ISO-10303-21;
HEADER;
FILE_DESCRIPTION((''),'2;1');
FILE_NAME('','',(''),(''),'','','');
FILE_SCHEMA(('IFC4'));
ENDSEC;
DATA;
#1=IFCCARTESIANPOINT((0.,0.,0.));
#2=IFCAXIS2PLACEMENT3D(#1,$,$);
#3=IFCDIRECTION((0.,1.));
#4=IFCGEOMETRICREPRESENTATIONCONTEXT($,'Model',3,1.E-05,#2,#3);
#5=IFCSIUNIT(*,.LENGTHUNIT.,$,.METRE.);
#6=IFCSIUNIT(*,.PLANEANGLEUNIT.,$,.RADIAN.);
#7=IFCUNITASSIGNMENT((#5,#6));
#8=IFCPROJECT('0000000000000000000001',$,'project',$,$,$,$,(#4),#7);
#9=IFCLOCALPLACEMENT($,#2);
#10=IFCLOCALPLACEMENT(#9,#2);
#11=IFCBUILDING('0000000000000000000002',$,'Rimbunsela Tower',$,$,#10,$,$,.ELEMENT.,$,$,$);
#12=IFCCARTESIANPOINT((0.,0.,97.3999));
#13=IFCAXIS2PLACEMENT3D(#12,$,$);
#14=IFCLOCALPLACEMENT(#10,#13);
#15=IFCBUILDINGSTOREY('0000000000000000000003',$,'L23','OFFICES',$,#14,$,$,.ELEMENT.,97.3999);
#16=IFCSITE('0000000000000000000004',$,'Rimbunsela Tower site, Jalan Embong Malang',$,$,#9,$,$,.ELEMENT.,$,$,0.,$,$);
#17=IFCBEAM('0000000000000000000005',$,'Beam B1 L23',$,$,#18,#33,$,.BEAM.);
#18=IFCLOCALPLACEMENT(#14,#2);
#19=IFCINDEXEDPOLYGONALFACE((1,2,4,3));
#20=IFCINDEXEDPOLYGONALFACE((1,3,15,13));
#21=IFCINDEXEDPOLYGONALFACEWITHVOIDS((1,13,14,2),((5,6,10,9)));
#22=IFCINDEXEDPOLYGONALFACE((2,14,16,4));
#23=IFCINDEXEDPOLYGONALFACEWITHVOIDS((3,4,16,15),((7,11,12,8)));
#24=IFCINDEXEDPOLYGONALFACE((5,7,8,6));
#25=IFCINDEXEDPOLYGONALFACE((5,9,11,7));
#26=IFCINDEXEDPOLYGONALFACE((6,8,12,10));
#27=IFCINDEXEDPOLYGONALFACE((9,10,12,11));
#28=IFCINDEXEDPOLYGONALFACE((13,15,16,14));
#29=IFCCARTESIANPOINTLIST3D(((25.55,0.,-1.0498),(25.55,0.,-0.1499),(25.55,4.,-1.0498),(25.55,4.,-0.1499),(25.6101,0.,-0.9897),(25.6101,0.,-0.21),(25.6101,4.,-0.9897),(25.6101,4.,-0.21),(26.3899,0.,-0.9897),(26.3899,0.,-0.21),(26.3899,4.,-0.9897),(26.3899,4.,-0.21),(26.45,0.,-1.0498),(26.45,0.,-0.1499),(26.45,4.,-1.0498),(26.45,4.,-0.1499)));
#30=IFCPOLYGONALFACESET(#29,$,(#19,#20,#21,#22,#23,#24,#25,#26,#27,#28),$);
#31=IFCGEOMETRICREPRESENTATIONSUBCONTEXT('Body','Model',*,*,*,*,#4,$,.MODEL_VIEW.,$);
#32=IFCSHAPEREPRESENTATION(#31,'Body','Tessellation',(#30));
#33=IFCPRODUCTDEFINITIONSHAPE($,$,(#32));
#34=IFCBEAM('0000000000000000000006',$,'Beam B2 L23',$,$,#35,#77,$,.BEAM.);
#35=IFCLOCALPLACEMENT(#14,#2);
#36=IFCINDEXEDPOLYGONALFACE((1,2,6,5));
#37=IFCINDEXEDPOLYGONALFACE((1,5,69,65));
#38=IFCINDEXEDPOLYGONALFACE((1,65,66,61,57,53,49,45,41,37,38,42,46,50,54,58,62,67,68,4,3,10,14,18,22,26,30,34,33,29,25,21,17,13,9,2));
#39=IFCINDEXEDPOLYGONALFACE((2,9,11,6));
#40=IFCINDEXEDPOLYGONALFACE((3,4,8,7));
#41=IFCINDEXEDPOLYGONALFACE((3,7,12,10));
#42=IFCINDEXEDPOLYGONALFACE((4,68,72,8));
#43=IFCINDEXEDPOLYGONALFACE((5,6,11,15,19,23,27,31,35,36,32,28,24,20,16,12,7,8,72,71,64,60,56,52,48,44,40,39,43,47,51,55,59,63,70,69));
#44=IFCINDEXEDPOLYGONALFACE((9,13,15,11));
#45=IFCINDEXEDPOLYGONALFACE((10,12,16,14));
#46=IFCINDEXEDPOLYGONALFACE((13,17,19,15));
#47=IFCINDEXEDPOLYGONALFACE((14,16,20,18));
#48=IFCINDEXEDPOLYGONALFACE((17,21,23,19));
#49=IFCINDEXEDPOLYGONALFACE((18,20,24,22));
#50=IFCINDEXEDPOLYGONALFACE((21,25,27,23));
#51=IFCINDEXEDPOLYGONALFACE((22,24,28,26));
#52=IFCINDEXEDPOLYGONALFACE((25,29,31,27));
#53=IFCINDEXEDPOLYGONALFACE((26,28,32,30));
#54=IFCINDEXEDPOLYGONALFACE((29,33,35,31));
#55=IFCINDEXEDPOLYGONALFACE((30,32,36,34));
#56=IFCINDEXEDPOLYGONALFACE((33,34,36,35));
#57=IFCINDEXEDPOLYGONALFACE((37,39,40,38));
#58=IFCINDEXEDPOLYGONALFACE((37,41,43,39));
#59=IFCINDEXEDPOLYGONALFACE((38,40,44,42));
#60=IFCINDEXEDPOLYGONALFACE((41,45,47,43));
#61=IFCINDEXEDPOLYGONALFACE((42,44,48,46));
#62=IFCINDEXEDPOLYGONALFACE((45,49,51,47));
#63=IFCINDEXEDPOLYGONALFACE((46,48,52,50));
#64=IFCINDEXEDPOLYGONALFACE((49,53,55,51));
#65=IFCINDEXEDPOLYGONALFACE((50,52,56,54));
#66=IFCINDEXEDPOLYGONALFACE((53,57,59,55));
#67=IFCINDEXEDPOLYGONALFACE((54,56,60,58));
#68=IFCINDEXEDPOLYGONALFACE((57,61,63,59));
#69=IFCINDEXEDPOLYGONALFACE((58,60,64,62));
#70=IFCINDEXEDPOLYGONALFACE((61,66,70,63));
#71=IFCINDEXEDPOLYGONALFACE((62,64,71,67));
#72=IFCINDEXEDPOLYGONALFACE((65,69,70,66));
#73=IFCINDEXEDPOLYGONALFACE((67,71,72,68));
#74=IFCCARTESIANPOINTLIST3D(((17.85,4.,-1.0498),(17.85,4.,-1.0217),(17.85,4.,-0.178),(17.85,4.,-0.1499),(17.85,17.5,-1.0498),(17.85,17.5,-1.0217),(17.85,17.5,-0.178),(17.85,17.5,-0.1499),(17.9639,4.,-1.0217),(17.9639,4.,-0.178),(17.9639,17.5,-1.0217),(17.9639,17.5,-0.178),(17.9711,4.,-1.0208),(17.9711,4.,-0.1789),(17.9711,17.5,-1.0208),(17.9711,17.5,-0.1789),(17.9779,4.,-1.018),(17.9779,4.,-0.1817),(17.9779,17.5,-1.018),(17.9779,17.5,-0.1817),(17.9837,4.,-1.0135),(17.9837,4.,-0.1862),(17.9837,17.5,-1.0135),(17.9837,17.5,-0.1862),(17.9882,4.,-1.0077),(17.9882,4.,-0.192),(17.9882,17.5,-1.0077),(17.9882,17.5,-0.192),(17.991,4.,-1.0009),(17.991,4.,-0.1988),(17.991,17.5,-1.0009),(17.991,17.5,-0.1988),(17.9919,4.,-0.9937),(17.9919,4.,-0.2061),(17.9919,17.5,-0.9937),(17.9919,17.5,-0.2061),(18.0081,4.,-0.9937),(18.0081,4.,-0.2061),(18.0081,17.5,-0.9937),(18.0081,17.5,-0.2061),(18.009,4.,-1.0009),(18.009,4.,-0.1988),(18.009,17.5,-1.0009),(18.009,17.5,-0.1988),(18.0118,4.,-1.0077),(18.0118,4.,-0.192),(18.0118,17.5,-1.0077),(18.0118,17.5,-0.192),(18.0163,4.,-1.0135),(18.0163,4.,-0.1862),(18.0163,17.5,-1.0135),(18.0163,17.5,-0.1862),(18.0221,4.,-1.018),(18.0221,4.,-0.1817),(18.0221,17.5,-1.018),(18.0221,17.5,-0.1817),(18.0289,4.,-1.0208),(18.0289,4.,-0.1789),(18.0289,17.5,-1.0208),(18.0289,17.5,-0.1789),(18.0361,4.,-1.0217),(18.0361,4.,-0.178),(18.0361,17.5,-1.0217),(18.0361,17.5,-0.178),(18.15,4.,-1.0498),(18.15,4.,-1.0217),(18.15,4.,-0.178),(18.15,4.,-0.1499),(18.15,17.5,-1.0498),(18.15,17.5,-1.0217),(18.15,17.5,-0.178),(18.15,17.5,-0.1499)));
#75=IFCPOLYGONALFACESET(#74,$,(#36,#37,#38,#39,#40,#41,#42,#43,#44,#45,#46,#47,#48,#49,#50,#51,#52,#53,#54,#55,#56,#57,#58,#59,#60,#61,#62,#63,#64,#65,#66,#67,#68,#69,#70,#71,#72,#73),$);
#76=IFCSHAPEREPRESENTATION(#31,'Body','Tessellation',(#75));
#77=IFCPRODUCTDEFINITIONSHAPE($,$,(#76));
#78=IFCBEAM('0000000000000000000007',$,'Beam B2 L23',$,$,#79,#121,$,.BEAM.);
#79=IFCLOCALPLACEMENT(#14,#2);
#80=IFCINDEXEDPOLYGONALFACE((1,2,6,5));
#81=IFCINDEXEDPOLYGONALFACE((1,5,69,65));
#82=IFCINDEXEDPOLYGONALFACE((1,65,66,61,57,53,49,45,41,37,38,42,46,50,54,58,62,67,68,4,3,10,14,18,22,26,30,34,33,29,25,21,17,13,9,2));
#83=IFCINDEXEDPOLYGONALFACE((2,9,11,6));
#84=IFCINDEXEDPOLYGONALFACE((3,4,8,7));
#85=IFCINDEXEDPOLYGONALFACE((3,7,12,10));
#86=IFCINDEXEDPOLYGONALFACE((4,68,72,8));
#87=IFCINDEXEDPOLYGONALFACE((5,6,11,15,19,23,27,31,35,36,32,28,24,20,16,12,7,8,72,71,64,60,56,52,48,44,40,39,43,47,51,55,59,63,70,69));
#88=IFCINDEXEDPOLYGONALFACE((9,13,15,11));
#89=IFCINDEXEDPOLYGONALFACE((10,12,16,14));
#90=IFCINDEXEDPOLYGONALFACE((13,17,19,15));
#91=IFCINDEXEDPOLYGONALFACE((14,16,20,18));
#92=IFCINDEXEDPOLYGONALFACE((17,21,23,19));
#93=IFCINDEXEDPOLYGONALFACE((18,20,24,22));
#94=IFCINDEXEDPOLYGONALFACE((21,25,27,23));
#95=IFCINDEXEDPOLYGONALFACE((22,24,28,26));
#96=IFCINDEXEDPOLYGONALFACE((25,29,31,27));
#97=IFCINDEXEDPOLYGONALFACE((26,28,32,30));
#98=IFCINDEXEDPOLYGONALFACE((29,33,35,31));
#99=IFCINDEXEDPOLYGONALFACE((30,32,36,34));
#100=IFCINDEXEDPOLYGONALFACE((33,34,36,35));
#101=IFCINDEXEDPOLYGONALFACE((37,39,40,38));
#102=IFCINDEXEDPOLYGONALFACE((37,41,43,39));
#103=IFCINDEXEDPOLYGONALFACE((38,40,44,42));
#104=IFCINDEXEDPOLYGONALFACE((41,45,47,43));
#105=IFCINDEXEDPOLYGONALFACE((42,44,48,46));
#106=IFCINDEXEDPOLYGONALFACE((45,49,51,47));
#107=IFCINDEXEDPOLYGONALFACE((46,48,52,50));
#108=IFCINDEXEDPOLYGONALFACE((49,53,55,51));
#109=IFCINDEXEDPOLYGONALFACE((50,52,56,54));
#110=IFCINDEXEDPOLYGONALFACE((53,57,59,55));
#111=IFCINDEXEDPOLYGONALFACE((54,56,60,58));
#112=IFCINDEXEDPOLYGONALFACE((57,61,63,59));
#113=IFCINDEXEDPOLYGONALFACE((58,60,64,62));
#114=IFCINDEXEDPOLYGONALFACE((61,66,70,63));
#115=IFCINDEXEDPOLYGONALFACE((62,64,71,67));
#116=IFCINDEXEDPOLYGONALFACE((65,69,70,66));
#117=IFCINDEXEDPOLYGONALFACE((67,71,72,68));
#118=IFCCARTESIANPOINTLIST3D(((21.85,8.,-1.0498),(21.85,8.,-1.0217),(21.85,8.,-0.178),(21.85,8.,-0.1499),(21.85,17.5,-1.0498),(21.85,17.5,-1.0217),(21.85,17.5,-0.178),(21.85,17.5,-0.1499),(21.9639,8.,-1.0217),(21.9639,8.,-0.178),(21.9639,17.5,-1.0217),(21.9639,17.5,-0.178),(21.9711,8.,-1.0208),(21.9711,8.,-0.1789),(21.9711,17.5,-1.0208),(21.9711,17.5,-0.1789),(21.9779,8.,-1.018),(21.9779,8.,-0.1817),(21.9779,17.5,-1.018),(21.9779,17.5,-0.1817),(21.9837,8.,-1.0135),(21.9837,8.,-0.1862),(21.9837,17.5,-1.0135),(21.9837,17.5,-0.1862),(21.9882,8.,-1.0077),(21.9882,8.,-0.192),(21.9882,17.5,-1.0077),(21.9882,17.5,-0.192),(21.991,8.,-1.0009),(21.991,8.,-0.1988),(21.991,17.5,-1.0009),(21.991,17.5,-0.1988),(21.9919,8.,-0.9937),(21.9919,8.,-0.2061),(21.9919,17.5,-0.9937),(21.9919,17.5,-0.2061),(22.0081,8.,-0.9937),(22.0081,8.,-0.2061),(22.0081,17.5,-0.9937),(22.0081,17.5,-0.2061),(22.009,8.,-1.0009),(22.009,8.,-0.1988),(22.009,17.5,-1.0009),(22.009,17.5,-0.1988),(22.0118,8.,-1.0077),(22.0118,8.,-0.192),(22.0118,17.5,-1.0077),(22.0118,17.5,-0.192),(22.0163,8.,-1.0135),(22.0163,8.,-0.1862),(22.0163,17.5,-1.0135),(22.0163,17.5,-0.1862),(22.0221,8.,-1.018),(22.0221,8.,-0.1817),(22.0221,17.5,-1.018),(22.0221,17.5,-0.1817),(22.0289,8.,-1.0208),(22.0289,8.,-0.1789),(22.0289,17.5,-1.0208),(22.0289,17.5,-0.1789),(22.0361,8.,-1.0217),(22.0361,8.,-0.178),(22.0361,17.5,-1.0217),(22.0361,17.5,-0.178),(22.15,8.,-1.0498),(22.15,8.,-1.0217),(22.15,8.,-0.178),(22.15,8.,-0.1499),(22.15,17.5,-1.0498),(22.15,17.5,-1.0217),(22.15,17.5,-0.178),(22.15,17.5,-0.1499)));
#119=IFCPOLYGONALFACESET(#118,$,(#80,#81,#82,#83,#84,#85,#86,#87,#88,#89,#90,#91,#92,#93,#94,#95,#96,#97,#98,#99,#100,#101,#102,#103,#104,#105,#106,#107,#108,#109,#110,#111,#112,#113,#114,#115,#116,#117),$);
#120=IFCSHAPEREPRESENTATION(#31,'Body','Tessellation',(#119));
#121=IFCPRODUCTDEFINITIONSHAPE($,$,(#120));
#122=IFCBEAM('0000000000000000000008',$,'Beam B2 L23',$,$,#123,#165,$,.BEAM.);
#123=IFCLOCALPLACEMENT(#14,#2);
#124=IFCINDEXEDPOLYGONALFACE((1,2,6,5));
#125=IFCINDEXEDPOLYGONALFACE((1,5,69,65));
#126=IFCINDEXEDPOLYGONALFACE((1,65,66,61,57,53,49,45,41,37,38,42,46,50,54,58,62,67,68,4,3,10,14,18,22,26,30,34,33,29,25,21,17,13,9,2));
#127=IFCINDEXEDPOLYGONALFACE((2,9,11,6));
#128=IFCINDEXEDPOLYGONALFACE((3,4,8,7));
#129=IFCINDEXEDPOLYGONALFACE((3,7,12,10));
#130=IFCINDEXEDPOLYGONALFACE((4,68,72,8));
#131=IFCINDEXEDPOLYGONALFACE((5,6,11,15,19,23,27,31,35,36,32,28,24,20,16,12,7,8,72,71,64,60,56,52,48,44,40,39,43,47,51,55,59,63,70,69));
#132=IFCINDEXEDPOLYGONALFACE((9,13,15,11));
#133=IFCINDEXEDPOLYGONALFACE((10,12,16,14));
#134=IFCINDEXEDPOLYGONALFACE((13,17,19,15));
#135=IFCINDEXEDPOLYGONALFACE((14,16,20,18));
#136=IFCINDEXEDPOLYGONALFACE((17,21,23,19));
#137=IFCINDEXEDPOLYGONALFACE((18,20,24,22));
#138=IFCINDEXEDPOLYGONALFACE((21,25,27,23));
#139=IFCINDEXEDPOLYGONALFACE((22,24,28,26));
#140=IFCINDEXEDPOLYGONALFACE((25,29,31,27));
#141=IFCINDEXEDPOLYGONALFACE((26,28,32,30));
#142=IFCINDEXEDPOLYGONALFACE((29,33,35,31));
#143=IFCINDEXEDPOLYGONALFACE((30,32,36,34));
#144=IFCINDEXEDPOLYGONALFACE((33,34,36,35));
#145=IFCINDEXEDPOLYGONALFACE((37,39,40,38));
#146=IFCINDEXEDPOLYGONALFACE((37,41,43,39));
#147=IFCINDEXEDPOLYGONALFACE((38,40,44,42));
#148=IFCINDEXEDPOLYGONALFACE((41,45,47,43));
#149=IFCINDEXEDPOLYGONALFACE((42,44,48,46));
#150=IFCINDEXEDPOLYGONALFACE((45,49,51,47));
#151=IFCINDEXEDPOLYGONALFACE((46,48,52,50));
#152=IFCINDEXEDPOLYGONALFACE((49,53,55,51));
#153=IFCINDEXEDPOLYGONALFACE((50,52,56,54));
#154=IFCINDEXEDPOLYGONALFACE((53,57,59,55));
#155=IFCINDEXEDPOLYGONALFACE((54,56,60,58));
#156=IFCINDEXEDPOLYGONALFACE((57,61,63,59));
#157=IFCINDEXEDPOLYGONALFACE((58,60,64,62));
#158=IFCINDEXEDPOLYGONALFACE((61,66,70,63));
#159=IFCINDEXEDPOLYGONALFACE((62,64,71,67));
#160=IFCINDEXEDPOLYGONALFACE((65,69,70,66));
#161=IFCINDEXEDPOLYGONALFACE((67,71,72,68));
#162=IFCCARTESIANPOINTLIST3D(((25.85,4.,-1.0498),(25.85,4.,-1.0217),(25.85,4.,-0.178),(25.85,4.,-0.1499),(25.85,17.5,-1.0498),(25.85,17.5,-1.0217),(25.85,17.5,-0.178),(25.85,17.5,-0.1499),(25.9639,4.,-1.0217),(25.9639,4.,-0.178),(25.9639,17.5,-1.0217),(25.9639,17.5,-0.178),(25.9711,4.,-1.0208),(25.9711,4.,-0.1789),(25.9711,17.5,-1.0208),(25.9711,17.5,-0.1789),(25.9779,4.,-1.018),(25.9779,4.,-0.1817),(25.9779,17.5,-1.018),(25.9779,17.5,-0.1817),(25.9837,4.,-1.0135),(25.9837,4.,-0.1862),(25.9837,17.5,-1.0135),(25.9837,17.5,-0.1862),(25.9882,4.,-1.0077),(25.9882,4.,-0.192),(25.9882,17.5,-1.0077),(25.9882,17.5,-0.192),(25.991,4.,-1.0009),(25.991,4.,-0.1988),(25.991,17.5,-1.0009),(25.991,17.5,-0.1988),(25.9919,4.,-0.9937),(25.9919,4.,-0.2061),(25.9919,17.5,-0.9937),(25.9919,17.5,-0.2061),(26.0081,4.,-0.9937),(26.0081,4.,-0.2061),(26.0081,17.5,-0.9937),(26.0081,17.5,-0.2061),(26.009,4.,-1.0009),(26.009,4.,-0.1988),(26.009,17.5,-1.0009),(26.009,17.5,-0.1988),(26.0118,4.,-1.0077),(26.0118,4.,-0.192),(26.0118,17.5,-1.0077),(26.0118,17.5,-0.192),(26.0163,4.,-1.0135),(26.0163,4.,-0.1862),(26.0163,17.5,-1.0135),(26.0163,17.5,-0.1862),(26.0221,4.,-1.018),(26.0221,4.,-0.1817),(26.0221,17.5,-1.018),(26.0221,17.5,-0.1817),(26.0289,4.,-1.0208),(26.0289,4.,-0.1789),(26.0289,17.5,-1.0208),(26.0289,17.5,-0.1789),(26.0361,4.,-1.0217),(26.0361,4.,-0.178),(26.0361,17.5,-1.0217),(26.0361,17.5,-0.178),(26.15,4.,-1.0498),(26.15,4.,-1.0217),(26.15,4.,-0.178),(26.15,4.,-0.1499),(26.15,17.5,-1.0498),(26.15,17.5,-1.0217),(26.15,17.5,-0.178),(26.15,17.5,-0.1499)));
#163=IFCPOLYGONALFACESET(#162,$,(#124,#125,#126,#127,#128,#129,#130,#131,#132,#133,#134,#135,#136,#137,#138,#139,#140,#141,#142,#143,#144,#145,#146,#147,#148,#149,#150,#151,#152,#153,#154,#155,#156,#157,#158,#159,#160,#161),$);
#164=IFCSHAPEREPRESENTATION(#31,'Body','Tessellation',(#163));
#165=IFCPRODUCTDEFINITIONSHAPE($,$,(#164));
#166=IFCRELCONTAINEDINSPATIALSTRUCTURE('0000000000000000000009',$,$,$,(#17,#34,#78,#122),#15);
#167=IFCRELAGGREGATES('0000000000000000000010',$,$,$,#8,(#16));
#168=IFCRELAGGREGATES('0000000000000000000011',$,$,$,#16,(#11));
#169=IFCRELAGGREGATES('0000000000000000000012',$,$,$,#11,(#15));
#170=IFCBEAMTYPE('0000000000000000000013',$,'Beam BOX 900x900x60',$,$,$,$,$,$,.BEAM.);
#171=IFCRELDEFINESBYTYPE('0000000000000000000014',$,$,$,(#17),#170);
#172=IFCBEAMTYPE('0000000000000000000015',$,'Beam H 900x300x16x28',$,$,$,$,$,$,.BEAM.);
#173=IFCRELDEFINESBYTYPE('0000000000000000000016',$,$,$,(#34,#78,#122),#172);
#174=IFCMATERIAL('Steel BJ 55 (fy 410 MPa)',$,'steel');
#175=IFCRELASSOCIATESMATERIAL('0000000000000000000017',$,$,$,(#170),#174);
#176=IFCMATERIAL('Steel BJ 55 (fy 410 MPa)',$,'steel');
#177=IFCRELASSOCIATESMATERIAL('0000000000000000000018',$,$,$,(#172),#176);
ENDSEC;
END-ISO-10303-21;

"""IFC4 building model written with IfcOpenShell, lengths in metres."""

from ifc_helpers import new_model, si_unit, direction, frame, origin, origin_2d, place, context, subcontext, project, spatial, hollow_rectangle, i_section, extrude, material, material_profile, profile_set, type_object, element, save


model = new_model("IFC4")

# Units and contexts
model_context = context("Model", 3, precision=1e-05, world=origin(), true_north=direction((0.0, 1.0)))
body_context = subcontext(model_context, "Body", "Model", "MODEL_VIEW")
ifc_project = project(units=[si_unit("LENGTHUNIT", "METRE"), si_unit("PLANEANGLEUNIT", "RADIAN")], contexts=[model_context])

# Site, building, storey
site_placement = place(None, origin())
site = spatial("IfcSite", under=ifc_project, at=site_placement, Name="Rimbunsela Tower site, Jalan Embong Malang", CompositionType="ELEMENT", RefElevation=0.0)
building_placement = place(site_placement, origin())
building = spatial("IfcBuilding", under=site, at=building_placement, Name="Rimbunsela Tower", CompositionType="ELEMENT")
storey_placement = place(building_placement, frame((0.0, 0.0, 97.3999)))
storey = spatial("IfcBuildingStorey", under=building, at=storey_placement, Name="L23", Description="OFFICES", CompositionType="ELEMENT", Elevation=97.3999)

# Beams
ifc_material_1 = material(Name="Steel BJ 55 (fy 410 MPa)", Category="steel")
ifc_material_profile_1 = material_profile(ifc_material_1, hollow_rectangle(XDim=0.8999, YDim=0.8999, WallThickness=0.0601, at=origin_2d()), Name="BOX 900x900x60")
ifc_profile_set_1 = profile_set([ifc_material_profile_1], Name="Steel BJ 55 (fy 410 MPa)")
beam_type_1 = type_object("IfcBeamType", Name="Beam BOX 900x900x60", PredefinedType="BEAM", material=ifc_profile_set_1)
beam_1_placement = place(storey_placement, frame((26.0, 0.0, -0.5999), z_axis=(0.0, 1.0, 0.0), x_axis=(-1.0, 0.0, 0.0)))
element("IfcBeam", 1, at=beam_1_placement, inside=storey, type_object=beam_type_1, Name="Beam B1 L23", PredefinedType="BEAM", context=body_context, shape_type="SweptSolid", body=[
    extrude(hollow_rectangle(XDim=0.8999, YDim=0.8999, WallThickness=0.0601, at=origin_2d()), origin(), (0.0, 0.0, 1.0), 4.0),
])
ifc_material_2 = material(Name="Steel BJ 55 (fy 410 MPa)", Category="steel")
ifc_material_profile_2 = material_profile(ifc_material_2, i_section(OverallWidth=0.3, OverallDepth=0.8999, WebThickness=0.0161, FlangeThickness=0.0281, FilletRadius=0.0281, at=origin_2d()), Name="H 900x300x16x28")
ifc_profile_set_2 = profile_set([ifc_material_profile_2], Name="Steel BJ 55 (fy 410 MPa)")
beam_type_2 = type_object("IfcBeamType", Name="Beam H 900x300x16x28", PredefinedType="BEAM", material=ifc_profile_set_2)
beam_2_placement = place(storey_placement, frame((18.0, 4.0, -0.5999), z_axis=(0.0, 1.0, 0.0), x_axis=(-1.0, 0.0, 0.0)))
element("IfcBeam", 2, at=beam_2_placement, inside=storey, type_object=beam_type_2, Name="Beam B2 L23", PredefinedType="BEAM", context=body_context, shape_type="SweptSolid", body=[
    extrude(i_section(OverallWidth=0.3, OverallDepth=0.8999, WebThickness=0.0161, FlangeThickness=0.0281, FilletRadius=0.0281, at=origin_2d()), origin(), (0.0, 0.0, 1.0), 13.5),
])
beam_3_placement = place(storey_placement, frame((22.0, 8.0, -0.5999), z_axis=(0.0, 1.0, 0.0), x_axis=(-1.0, 0.0, 0.0)))
element("IfcBeam", 3, at=beam_3_placement, inside=storey, type_object=beam_type_2, Name="Beam B2 L23", PredefinedType="BEAM", context=body_context, shape_type="SweptSolid", body=[
    extrude(i_section(OverallWidth=0.3, OverallDepth=0.8999, WebThickness=0.0161, FlangeThickness=0.0281, FilletRadius=0.0281, at=origin_2d()), origin(), (0.0, 0.0, 1.0), 9.5),
])
beam_4_placement = place(storey_placement, frame((26.0, 4.0, -0.5999), z_axis=(0.0, 1.0, 0.0), x_axis=(-1.0, 0.0, 0.0)))
element("IfcBeam", 4, at=beam_4_placement, inside=storey, type_object=beam_type_2, Name="Beam B2 L23", PredefinedType="BEAM", context=body_context, shape_type="SweptSolid", body=[
    extrude(i_section(OverallWidth=0.3, OverallDepth=0.8999, WebThickness=0.0161, FlangeThickness=0.0281, FilletRadius=0.0281, at=origin_2d()), origin(), (0.0, 0.0, 1.0), 13.5),
])

save(model, "model.ifc")
